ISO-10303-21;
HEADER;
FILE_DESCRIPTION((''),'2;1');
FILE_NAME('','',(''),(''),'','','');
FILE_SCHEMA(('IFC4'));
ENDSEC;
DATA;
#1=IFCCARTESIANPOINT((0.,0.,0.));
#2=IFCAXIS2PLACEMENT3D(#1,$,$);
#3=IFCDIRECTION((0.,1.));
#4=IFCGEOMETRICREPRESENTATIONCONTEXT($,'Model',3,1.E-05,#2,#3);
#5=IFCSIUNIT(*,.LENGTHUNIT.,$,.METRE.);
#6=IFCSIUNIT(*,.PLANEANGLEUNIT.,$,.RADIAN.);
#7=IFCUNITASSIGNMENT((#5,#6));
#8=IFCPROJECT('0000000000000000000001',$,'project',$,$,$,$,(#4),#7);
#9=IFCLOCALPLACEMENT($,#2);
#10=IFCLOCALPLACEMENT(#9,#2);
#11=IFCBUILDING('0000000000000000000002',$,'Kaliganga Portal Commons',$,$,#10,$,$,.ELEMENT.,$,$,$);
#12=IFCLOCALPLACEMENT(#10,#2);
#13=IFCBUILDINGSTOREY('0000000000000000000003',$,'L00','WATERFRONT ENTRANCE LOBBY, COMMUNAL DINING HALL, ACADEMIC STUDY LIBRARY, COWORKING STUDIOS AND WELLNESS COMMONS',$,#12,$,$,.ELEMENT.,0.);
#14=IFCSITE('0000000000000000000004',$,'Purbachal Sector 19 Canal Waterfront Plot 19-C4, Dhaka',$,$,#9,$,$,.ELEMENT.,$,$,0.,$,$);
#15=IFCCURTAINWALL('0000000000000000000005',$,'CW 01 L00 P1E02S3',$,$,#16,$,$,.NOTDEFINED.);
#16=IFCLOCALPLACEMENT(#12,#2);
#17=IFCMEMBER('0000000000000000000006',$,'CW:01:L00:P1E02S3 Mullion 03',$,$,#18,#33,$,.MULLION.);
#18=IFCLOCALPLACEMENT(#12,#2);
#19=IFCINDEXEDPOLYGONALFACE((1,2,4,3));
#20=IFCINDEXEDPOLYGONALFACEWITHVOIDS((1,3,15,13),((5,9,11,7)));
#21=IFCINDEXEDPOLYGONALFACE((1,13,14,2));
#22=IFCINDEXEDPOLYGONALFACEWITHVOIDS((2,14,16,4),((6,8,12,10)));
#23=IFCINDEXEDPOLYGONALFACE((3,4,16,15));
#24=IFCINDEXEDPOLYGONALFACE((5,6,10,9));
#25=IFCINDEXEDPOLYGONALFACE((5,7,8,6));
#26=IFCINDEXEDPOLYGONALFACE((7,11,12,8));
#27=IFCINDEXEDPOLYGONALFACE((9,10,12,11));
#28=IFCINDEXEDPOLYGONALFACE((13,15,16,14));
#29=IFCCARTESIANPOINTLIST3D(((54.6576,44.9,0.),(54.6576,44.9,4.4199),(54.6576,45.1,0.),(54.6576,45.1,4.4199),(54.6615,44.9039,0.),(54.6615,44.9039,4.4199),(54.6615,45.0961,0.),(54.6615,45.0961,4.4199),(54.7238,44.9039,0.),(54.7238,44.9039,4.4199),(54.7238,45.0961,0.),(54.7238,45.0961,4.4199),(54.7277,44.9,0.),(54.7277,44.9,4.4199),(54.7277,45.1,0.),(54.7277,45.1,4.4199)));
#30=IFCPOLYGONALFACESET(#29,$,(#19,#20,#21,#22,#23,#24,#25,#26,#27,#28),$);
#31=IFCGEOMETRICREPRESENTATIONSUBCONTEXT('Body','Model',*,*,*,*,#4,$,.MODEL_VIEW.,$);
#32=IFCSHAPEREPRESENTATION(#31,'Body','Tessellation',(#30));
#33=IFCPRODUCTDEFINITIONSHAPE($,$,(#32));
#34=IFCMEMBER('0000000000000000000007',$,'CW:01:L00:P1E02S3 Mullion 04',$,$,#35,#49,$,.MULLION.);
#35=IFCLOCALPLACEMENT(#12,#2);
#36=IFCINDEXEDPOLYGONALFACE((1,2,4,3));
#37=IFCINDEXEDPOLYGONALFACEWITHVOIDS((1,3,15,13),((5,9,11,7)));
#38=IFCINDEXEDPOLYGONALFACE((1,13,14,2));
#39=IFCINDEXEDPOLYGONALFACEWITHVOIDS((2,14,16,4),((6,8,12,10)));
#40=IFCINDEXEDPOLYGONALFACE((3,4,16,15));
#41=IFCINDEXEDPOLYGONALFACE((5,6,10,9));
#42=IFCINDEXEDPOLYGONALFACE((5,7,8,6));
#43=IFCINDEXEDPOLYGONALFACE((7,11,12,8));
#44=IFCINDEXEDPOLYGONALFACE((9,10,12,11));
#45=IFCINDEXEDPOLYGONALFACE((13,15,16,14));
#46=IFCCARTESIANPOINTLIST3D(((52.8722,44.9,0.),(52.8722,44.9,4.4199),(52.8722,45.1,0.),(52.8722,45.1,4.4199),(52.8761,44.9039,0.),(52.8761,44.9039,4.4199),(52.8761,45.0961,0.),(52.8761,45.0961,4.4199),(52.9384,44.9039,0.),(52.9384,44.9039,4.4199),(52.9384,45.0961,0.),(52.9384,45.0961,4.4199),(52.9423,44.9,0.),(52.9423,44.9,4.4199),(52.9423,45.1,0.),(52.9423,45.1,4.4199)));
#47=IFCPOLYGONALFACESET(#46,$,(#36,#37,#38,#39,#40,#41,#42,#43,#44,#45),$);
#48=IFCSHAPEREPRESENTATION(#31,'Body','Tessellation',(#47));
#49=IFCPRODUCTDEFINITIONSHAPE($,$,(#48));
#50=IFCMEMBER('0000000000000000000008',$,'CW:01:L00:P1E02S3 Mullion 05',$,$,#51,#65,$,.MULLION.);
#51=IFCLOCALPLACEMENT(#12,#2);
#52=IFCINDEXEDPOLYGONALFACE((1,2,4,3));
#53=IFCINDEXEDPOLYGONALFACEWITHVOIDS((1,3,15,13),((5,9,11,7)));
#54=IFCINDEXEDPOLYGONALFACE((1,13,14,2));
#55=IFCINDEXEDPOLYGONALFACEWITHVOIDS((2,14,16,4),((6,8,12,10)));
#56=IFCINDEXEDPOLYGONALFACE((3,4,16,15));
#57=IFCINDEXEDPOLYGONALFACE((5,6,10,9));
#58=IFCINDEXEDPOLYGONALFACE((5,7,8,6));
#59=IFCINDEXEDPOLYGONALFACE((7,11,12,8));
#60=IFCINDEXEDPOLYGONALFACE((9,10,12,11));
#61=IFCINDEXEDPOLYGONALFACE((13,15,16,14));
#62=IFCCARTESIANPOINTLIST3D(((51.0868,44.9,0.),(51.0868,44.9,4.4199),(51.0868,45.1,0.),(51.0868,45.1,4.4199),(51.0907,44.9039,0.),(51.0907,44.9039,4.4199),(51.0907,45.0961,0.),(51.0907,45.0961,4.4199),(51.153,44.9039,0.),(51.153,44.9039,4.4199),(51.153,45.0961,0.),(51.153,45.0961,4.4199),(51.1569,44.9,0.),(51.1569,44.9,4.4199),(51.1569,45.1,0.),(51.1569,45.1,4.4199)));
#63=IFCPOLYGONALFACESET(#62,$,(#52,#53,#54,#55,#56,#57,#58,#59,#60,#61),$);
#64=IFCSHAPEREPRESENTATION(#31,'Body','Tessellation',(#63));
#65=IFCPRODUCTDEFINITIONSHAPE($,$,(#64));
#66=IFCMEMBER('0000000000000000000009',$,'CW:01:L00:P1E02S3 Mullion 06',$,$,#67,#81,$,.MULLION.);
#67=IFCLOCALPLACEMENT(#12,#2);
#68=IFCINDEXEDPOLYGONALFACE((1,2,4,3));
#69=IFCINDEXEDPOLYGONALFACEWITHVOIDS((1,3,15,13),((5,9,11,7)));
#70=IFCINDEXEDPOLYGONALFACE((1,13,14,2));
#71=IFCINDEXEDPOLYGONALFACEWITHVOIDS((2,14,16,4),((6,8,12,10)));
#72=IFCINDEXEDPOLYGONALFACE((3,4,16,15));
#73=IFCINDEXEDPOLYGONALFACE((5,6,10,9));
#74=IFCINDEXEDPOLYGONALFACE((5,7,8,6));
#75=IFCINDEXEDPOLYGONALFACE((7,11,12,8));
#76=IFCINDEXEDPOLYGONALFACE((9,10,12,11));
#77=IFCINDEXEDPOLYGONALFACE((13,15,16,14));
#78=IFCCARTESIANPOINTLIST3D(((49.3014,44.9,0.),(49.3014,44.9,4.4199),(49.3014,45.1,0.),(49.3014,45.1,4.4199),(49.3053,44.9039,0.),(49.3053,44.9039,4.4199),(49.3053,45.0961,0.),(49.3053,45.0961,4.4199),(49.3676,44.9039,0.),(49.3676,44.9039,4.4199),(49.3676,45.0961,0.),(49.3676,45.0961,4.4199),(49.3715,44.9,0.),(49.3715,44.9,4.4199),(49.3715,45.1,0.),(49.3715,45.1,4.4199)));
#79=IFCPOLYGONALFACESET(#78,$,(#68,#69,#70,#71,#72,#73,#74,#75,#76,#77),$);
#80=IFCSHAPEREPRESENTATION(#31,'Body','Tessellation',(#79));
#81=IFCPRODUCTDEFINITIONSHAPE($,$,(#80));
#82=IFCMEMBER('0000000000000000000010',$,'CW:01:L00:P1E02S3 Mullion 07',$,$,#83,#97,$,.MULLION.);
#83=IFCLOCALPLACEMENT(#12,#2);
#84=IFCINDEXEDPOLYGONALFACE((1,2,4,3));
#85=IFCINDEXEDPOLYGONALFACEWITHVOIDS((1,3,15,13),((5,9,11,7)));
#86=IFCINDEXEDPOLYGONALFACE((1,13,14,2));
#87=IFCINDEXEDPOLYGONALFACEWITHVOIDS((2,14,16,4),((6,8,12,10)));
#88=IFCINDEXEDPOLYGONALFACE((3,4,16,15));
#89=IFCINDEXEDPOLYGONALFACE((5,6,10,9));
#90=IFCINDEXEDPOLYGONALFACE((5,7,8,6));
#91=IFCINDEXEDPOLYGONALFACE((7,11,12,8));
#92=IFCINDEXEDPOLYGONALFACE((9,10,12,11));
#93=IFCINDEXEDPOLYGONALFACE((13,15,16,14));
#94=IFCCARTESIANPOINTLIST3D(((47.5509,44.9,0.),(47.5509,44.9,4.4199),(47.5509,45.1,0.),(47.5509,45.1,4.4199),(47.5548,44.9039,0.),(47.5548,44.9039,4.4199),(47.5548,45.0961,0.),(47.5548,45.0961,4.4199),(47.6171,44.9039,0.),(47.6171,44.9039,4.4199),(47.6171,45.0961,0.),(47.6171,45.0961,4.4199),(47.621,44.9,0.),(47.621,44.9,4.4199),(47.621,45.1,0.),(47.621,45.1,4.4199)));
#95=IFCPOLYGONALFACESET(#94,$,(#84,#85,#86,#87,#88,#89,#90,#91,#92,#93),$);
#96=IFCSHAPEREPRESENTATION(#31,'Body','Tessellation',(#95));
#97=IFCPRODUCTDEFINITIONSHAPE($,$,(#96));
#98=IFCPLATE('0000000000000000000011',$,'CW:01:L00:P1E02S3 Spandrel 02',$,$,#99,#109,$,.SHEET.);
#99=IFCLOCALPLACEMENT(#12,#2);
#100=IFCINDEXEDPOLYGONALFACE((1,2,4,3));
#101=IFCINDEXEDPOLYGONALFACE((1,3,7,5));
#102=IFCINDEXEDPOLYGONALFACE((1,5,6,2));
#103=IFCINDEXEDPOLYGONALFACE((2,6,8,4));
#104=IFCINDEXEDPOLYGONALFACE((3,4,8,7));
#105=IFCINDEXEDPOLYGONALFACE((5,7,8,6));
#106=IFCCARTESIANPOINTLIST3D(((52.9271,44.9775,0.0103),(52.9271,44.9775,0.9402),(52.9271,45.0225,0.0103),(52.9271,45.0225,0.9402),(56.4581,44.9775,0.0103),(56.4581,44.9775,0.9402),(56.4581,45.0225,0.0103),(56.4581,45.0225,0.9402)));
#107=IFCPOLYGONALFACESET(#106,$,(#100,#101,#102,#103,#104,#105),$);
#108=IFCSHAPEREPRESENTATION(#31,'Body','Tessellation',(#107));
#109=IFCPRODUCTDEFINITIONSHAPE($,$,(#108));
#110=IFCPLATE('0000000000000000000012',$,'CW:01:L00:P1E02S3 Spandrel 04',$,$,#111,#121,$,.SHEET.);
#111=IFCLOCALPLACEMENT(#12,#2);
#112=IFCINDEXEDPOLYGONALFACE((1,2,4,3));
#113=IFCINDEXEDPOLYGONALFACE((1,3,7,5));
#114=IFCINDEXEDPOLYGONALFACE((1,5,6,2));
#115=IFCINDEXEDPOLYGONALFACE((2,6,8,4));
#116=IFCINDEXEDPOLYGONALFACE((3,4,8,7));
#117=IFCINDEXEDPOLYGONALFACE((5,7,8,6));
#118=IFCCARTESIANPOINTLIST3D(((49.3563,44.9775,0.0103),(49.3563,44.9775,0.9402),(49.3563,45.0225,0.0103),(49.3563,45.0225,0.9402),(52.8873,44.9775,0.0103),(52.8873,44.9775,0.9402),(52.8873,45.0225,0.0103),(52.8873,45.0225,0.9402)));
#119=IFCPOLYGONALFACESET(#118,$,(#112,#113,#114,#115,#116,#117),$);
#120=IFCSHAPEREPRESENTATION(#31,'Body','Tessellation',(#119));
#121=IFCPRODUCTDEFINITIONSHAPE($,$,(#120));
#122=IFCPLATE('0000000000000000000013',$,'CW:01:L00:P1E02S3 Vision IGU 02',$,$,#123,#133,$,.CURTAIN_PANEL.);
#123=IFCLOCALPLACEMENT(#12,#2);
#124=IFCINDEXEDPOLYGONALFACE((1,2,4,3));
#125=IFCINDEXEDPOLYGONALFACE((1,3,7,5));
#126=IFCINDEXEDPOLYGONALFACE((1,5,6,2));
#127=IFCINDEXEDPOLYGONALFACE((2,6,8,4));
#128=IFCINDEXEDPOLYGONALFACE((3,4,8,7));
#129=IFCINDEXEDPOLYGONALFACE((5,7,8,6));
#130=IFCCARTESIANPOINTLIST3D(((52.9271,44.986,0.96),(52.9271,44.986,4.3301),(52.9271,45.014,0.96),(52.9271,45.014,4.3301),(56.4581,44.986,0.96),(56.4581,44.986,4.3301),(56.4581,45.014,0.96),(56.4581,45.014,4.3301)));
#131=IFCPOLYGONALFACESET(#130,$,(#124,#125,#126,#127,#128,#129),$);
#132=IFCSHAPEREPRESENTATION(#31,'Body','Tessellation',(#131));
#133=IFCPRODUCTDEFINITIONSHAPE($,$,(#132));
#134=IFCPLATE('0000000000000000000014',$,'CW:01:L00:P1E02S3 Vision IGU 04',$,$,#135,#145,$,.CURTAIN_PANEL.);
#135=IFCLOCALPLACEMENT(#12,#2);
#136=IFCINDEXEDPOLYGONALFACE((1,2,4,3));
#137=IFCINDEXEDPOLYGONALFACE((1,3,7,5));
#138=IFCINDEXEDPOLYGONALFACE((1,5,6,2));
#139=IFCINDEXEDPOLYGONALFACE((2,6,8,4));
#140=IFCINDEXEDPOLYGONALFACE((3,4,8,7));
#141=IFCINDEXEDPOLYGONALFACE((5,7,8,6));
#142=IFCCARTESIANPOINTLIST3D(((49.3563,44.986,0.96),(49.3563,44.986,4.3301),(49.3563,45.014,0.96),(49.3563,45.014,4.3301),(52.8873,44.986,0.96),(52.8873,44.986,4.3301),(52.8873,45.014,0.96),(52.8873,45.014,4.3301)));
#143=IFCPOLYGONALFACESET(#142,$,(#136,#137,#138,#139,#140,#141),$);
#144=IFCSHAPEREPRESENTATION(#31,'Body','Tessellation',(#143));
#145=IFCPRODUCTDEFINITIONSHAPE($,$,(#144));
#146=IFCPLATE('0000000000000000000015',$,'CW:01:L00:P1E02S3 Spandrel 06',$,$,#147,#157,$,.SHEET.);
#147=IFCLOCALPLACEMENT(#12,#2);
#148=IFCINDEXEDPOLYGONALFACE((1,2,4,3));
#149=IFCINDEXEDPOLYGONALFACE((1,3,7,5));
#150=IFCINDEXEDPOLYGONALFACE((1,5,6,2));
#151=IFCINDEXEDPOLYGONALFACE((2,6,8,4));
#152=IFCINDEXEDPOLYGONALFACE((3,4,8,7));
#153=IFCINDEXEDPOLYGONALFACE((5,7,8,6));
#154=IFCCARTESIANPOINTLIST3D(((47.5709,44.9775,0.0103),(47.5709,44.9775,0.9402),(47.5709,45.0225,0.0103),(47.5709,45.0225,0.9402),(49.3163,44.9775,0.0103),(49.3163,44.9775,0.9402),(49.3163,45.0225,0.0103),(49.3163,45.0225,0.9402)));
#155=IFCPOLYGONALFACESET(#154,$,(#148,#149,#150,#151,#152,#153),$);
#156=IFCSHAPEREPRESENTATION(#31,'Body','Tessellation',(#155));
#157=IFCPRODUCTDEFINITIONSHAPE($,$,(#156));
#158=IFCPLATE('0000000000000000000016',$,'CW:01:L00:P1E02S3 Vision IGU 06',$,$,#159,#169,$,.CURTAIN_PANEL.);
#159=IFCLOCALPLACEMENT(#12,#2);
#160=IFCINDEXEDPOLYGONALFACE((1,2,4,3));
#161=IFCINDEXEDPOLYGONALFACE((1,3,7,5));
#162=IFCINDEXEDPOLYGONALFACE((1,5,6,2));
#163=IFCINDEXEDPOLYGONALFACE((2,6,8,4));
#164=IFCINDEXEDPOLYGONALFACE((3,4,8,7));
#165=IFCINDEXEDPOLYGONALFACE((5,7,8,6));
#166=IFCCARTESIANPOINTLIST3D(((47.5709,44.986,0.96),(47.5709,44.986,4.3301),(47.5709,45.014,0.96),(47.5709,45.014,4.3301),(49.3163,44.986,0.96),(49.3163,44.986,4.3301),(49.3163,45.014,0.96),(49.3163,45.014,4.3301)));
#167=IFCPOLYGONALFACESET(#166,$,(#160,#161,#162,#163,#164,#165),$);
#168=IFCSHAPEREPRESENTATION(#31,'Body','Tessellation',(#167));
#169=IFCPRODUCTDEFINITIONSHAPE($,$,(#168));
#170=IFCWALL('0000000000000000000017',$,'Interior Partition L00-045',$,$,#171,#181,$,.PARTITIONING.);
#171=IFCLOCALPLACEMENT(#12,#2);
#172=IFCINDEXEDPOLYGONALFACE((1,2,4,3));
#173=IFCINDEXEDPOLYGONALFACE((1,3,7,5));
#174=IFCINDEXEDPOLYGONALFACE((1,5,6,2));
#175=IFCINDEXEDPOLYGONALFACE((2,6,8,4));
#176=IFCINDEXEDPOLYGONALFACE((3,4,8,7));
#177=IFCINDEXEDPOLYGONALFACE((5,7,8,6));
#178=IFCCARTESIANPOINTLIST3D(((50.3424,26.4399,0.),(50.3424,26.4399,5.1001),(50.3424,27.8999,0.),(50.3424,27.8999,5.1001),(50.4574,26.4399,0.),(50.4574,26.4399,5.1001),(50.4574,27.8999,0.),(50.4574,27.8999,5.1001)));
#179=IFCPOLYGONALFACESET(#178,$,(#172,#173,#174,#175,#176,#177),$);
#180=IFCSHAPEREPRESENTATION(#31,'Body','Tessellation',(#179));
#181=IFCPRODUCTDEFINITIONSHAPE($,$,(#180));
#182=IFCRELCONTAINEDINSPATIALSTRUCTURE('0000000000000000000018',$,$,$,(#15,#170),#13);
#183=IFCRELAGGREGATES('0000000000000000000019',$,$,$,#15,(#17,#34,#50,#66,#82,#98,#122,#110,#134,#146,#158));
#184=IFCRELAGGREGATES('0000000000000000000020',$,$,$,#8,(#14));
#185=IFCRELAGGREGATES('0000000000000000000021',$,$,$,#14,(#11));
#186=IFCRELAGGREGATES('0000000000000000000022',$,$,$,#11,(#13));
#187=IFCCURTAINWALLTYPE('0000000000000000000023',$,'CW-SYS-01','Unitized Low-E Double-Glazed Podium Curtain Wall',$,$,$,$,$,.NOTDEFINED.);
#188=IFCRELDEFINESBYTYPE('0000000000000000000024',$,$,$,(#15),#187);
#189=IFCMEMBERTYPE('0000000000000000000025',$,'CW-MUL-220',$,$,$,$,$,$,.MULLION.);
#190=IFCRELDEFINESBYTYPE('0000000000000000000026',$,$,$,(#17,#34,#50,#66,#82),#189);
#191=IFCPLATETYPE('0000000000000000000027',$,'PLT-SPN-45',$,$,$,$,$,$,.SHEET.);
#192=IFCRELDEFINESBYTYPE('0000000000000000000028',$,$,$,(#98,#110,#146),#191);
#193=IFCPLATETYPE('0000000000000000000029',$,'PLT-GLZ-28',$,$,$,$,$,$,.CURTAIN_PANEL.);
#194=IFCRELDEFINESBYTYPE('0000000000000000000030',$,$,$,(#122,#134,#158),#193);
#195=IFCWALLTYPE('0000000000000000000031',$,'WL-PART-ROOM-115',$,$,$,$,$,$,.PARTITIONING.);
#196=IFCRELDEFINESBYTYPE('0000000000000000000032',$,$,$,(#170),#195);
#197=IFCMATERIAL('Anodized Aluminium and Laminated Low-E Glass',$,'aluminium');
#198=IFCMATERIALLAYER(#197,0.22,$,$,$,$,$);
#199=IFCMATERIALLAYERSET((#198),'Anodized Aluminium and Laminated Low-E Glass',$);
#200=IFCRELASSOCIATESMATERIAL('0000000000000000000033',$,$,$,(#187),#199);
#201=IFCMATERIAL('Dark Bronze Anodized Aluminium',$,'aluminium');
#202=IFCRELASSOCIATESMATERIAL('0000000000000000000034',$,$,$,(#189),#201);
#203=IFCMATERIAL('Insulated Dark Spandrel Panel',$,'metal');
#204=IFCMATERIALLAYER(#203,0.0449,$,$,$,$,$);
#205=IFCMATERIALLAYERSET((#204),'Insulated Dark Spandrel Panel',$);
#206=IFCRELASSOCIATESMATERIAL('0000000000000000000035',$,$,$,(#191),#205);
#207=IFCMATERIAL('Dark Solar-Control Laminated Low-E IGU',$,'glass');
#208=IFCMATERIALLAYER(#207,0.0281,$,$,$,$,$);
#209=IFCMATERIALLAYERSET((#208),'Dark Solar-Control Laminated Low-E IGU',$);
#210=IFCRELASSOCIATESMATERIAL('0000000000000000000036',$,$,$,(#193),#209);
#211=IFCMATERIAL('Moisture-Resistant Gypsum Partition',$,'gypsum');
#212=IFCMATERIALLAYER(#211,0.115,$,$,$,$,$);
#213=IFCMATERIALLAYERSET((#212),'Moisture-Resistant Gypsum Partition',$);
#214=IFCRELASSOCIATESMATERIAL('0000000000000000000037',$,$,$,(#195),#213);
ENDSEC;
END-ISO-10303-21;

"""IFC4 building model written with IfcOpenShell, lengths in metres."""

from ifc_helpers import new_model, si_unit, direction, frame, frame_2d, origin, origin_2d, place, context, subcontext, project, spatial, rectangle, hollow_rectangle, extrude, source, transform, mapped, material, layer, layer_set, material_profile, profile_set, type_object, element, aggregate, save


model = new_model("IFC4")

# Units and contexts
model_context = context("Model", 3, precision=1e-05, world=origin(), true_north=direction((0.0, 1.0)))
body_context = subcontext(model_context, "Body", "Model", "MODEL_VIEW")
ifc_project = project(units=[si_unit("LENGTHUNIT", "METRE"), si_unit("PLANEANGLEUNIT", "RADIAN")], contexts=[model_context])

# Site, building, storey
site_placement = place(None, origin())
site = spatial("IfcSite", under=ifc_project, at=site_placement, Name="Purbachal Sector 19 Canal Waterfront Plot 19-C4, Dhaka", CompositionType="ELEMENT", RefElevation=0.0)
building_placement = place(site_placement, origin())
building = spatial("IfcBuilding", under=site, at=building_placement, Name="Kaliganga Portal Commons", CompositionType="ELEMENT")
storey_placement = place(building_placement, origin())
storey = spatial("IfcBuildingStorey", under=building, at=storey_placement, Name="L00", Description="WATERFRONT ENTRANCE LOBBY, COMMUNAL DINING HALL, ACADEMIC STUDY LIBRARY, COWORKING STUDIOS AND WELLNESS COMMONS", CompositionType="ELEMENT", Elevation=0.0)

# Curtain wall, members, plates
ifc_material_1 = material(Name="Anodized Aluminium and Laminated Low-E Glass", Category="aluminium")
ifc_layer_1 = layer(ifc_material_1, 0.22)
ifc_layer_set_1 = layer_set([ifc_layer_1], Name="Anodized Aluminium and Laminated Low-E Glass")
curtain_wall_type = type_object("IfcCurtainWallType", Name="CW-SYS-01", Description="Unitized Low-E Double-Glazed Podium Curtain Wall", PredefinedType="NOTDEFINED", material=ifc_layer_set_1)
curtain_wall_placement = place(storey_placement, origin())
curtain_wall = element("IfcCurtainWall", 1, at=curtain_wall_placement, inside=storey, type_object=curtain_wall_type, Name="CW 01 L00 P1E02S3", PredefinedType="NOTDEFINED")
ifc_material_2 = material(Name="Dark Bronze Anodized Aluminium", Category="aluminium")
ifc_material_profile_1 = material_profile(ifc_material_2, hollow_rectangle(XDim=0.0701, YDim=0.2, WallThickness=0.0039, at=origin_2d()), Name="ALU MULL 70x200x4")
ifc_profile_set_1 = profile_set([ifc_material_profile_1], Name="Dark Bronze Anodized Aluminium")
member_type = type_object("IfcMemberType", Name="CW-MUL-220", PredefinedType="MULLION", material=ifc_profile_set_1)
shared_shape_1 = source(origin(), body_context, "Body", "SweptSolid", [
    extrude(hollow_rectangle(XDim=0.0701, YDim=0.2, WallThickness=0.0039, at=origin_2d()), origin(), (0.0, 0.0, 1.0), 4.4199),
])
member_1_placement = place(storey_placement, frame((54.6926, 45.0, 0.0), z_axis=(0.0, 0.0, 1.0), x_axis=(-1.0, 0.0, 0.0)))
member_1 = element("IfcMember", 2, at=member_1_placement, type_object=member_type, Name="CW:01:L00:P1E02S3 Mullion 03", PredefinedType="MULLION", context=body_context, shape_type="MappedRepresentation", body=[
    mapped(shared_shape_1, transform((0.0, 0.0, 0.0), x_axis=(1.0, 0.0, 0.0), y_axis=(0.0, 1.0, 0.0), z_axis=(0.0, 0.0, 1.0), scale=1.0)),
])
member_2_placement = place(storey_placement, frame((52.9072, 45.0, 0.0), z_axis=(0.0, 0.0, 1.0), x_axis=(-1.0, 0.0, 0.0)))
member_2 = element("IfcMember", 3, at=member_2_placement, type_object=member_type, Name="CW:01:L00:P1E02S3 Mullion 04", PredefinedType="MULLION", context=body_context, shape_type="MappedRepresentation", body=[
    mapped(shared_shape_1, transform((0.0, 0.0, 0.0), x_axis=(1.0, 0.0, 0.0), y_axis=(0.0, 1.0, 0.0), z_axis=(0.0, 0.0, 1.0), scale=1.0)),
])
member_3_placement = place(storey_placement, frame((51.1218, 45.0, 0.0), z_axis=(0.0, 0.0, 1.0), x_axis=(-1.0, 0.0, 0.0)))
member_3 = element("IfcMember", 4, at=member_3_placement, type_object=member_type, Name="CW:01:L00:P1E02S3 Mullion 05", PredefinedType="MULLION", context=body_context, shape_type="MappedRepresentation", body=[
    mapped(shared_shape_1, transform((0.0, 0.0, 0.0), x_axis=(1.0, 0.0, 0.0), y_axis=(0.0, 1.0, 0.0), z_axis=(0.0, 0.0, 1.0), scale=1.0)),
])
member_4_placement = place(storey_placement, frame((49.3364, 45.0, 0.0), z_axis=(0.0, 0.0, 1.0), x_axis=(-1.0, 0.0, 0.0)))
member_4 = element("IfcMember", 5, at=member_4_placement, type_object=member_type, Name="CW:01:L00:P1E02S3 Mullion 06", PredefinedType="MULLION", context=body_context, shape_type="MappedRepresentation", body=[
    mapped(shared_shape_1, transform((0.0, 0.0, 0.0), x_axis=(1.0, 0.0, 0.0), y_axis=(0.0, 1.0, 0.0), z_axis=(0.0, 0.0, 1.0), scale=1.0)),
])
member_5_placement = place(storey_placement, frame((47.5859, 45.0, 0.0), z_axis=(0.0, 0.0, 1.0), x_axis=(-1.0, 0.0, 0.0)))
member_5 = element("IfcMember", 6, at=member_5_placement, type_object=member_type, Name="CW:01:L00:P1E02S3 Mullion 07", PredefinedType="MULLION", context=body_context, shape_type="MappedRepresentation", body=[
    mapped(shared_shape_1, transform((0.0, 0.0, 0.0), x_axis=(1.0, 0.0, 0.0), y_axis=(0.0, 1.0, 0.0), z_axis=(0.0, 0.0, 1.0), scale=1.0)),
])
ifc_material_3 = material(Name="Insulated Dark Spandrel Panel", Category="metal")
ifc_layer_2 = layer(ifc_material_3, 0.0449)
ifc_layer_set_2 = layer_set([ifc_layer_2], Name="Insulated Dark Spandrel Panel")
plate_type_1 = type_object("IfcPlateType", Name="PLT-SPN-45", PredefinedType="SHEET", material=ifc_layer_set_2)
shared_shape_2 = source(origin(), body_context, "Body", "SweptSolid", [
    extrude(rectangle(XDim=3.531, YDim=0.0449, at=origin_2d()), origin(), (0.0, 0.0, 1.0), 0.9299),
])
plate_1_placement = place(storey_placement, frame((54.6926, 45.0, 0.0103), z_axis=(0.0, 0.0, 1.0), x_axis=(-1.0, 0.0, 0.0)))
plate_1 = element("IfcPlate", 7, at=plate_1_placement, type_object=plate_type_1, Name="CW:01:L00:P1E02S3 Spandrel 02", PredefinedType="SHEET", context=body_context, shape_type="MappedRepresentation", body=[
    mapped(shared_shape_2, transform((0.0, 0.0, 0.0), x_axis=(1.0, 0.0, 0.0), y_axis=(0.0, 1.0, 0.0), z_axis=(0.0, 0.0, 1.0), scale=1.0)),
])
plate_2_placement = place(storey_placement, frame((51.1218, 45.0, 0.0103), z_axis=(0.0, 0.0, 1.0), x_axis=(-1.0, 0.0, 0.0)))
plate_2 = element("IfcPlate", 8, at=plate_2_placement, type_object=plate_type_1, Name="CW:01:L00:P1E02S3 Spandrel 04", PredefinedType="SHEET", context=body_context, shape_type="MappedRepresentation", body=[
    mapped(shared_shape_2, transform((0.0, 0.0, 0.0), x_axis=(1.0, 0.0, 0.0), y_axis=(0.0, 1.0, 0.0), z_axis=(0.0, 0.0, 1.0), scale=1.0)),
])
ifc_material_4 = material(Name="Dark Solar-Control Laminated Low-E IGU", Category="glass")
ifc_layer_3 = layer(ifc_material_4, 0.0281)
ifc_layer_set_3 = layer_set([ifc_layer_3], Name="Dark Solar-Control Laminated Low-E IGU")
plate_type_2 = type_object("IfcPlateType", Name="PLT-GLZ-28", PredefinedType="CURTAIN_PANEL", material=ifc_layer_set_3)
shared_shape_3 = source(origin(), body_context, "Body", "SweptSolid", [
    extrude(rectangle(XDim=3.531, YDim=0.0281, at=origin_2d()), origin(), (0.0, 0.0, 1.0), 3.3701),
])
plate_3_placement = place(storey_placement, frame((54.6926, 45.0, 0.96), z_axis=(0.0, 0.0, 1.0), x_axis=(-1.0, 0.0, 0.0)))
plate_3 = element("IfcPlate", 9, at=plate_3_placement, type_object=plate_type_2, Name="CW:01:L00:P1E02S3 Vision IGU 02", PredefinedType="CURTAIN_PANEL", context=body_context, shape_type="MappedRepresentation", body=[
    mapped(shared_shape_3, transform((0.0, 0.0, 0.0), x_axis=(1.0, 0.0, 0.0), y_axis=(0.0, 1.0, 0.0), z_axis=(0.0, 0.0, 1.0), scale=1.0)),
])
plate_4_placement = place(storey_placement, frame((51.1218, 45.0, 0.96), z_axis=(0.0, 0.0, 1.0), x_axis=(-1.0, 0.0, 0.0)))
plate_4 = element("IfcPlate", 10, at=plate_4_placement, type_object=plate_type_2, Name="CW:01:L00:P1E02S3 Vision IGU 04", PredefinedType="CURTAIN_PANEL", context=body_context, shape_type="MappedRepresentation", body=[
    mapped(shared_shape_3, transform((0.0, 0.0, 0.0), x_axis=(1.0, 0.0, 0.0), y_axis=(0.0, 1.0, 0.0), z_axis=(0.0, 0.0, 1.0), scale=1.0)),
])
shared_shape_4 = source(origin(), body_context, "Body", "SweptSolid", [
    extrude(rectangle(XDim=1.7454, YDim=0.0449, at=origin_2d()), origin(), (0.0, 0.0, 1.0), 0.9299),
])
plate_5_placement = place(storey_placement, frame((48.4436, 45.0, 0.0103), z_axis=(0.0, 0.0, 1.0), x_axis=(-1.0, 0.0, 0.0)))
plate_5 = element("IfcPlate", 11, at=plate_5_placement, type_object=plate_type_1, Name="CW:01:L00:P1E02S3 Spandrel 06", PredefinedType="SHEET", context=body_context, shape_type="MappedRepresentation", body=[
    mapped(shared_shape_4, transform((0.0, 0.0, 0.0), x_axis=(1.0, 0.0, 0.0), y_axis=(0.0, 1.0, 0.0), z_axis=(0.0, 0.0, 1.0), scale=1.0)),
])
shared_shape_5 = source(origin(), body_context, "Body", "SweptSolid", [
    extrude(rectangle(XDim=1.7454, YDim=0.0281, at=origin_2d()), origin(), (0.0, 0.0, 1.0), 3.3701),
])
plate_6_placement = place(storey_placement, frame((48.4436, 45.0, 0.96), z_axis=(0.0, 0.0, 1.0), x_axis=(-1.0, 0.0, 0.0)))
plate_6 = element("IfcPlate", 12, at=plate_6_placement, type_object=plate_type_2, Name="CW:01:L00:P1E02S3 Vision IGU 06", PredefinedType="CURTAIN_PANEL", context=body_context, shape_type="MappedRepresentation", body=[
    mapped(shared_shape_5, transform((0.0, 0.0, 0.0), x_axis=(1.0, 0.0, 0.0), y_axis=(0.0, 1.0, 0.0), z_axis=(0.0, 0.0, 1.0), scale=1.0)),
])
aggregate(curtain_wall, [member_1, member_2, member_3, member_4, member_5, plate_1, plate_3, plate_2, plate_4, plate_5, plate_6])

# Wall
ifc_material_5 = material(Name="Moisture-Resistant Gypsum Partition", Category="gypsum")
ifc_layer_4 = layer(ifc_material_5, 0.115)
ifc_layer_set_4 = layer_set([ifc_layer_4], Name="Moisture-Resistant Gypsum Partition")
wall_type_1 = type_object("IfcWallType", Name="WL-PART-ROOM-115", PredefinedType="PARTITIONING", material=ifc_layer_set_4)
wall_1_placement = place(storey_placement, frame((50.3999, 26.4399, 0.0), z_axis=(0.0, 0.0, 1.0), x_axis=(0.0, 1.0, 0.0)))
element("IfcWall", 13, at=wall_1_placement, inside=storey, type_object=wall_type_1, Name="Interior Partition L00-045", PredefinedType="PARTITIONING", context=body_context, shape_type="SweptSolid", body=[
    extrude(rectangle(XDim=1.46, YDim=0.115, at=frame_2d((0.73, 0.0))), origin(), (0.0, 0.0, 1.0), 5.1001),
])

save(model, "model.ifc")
